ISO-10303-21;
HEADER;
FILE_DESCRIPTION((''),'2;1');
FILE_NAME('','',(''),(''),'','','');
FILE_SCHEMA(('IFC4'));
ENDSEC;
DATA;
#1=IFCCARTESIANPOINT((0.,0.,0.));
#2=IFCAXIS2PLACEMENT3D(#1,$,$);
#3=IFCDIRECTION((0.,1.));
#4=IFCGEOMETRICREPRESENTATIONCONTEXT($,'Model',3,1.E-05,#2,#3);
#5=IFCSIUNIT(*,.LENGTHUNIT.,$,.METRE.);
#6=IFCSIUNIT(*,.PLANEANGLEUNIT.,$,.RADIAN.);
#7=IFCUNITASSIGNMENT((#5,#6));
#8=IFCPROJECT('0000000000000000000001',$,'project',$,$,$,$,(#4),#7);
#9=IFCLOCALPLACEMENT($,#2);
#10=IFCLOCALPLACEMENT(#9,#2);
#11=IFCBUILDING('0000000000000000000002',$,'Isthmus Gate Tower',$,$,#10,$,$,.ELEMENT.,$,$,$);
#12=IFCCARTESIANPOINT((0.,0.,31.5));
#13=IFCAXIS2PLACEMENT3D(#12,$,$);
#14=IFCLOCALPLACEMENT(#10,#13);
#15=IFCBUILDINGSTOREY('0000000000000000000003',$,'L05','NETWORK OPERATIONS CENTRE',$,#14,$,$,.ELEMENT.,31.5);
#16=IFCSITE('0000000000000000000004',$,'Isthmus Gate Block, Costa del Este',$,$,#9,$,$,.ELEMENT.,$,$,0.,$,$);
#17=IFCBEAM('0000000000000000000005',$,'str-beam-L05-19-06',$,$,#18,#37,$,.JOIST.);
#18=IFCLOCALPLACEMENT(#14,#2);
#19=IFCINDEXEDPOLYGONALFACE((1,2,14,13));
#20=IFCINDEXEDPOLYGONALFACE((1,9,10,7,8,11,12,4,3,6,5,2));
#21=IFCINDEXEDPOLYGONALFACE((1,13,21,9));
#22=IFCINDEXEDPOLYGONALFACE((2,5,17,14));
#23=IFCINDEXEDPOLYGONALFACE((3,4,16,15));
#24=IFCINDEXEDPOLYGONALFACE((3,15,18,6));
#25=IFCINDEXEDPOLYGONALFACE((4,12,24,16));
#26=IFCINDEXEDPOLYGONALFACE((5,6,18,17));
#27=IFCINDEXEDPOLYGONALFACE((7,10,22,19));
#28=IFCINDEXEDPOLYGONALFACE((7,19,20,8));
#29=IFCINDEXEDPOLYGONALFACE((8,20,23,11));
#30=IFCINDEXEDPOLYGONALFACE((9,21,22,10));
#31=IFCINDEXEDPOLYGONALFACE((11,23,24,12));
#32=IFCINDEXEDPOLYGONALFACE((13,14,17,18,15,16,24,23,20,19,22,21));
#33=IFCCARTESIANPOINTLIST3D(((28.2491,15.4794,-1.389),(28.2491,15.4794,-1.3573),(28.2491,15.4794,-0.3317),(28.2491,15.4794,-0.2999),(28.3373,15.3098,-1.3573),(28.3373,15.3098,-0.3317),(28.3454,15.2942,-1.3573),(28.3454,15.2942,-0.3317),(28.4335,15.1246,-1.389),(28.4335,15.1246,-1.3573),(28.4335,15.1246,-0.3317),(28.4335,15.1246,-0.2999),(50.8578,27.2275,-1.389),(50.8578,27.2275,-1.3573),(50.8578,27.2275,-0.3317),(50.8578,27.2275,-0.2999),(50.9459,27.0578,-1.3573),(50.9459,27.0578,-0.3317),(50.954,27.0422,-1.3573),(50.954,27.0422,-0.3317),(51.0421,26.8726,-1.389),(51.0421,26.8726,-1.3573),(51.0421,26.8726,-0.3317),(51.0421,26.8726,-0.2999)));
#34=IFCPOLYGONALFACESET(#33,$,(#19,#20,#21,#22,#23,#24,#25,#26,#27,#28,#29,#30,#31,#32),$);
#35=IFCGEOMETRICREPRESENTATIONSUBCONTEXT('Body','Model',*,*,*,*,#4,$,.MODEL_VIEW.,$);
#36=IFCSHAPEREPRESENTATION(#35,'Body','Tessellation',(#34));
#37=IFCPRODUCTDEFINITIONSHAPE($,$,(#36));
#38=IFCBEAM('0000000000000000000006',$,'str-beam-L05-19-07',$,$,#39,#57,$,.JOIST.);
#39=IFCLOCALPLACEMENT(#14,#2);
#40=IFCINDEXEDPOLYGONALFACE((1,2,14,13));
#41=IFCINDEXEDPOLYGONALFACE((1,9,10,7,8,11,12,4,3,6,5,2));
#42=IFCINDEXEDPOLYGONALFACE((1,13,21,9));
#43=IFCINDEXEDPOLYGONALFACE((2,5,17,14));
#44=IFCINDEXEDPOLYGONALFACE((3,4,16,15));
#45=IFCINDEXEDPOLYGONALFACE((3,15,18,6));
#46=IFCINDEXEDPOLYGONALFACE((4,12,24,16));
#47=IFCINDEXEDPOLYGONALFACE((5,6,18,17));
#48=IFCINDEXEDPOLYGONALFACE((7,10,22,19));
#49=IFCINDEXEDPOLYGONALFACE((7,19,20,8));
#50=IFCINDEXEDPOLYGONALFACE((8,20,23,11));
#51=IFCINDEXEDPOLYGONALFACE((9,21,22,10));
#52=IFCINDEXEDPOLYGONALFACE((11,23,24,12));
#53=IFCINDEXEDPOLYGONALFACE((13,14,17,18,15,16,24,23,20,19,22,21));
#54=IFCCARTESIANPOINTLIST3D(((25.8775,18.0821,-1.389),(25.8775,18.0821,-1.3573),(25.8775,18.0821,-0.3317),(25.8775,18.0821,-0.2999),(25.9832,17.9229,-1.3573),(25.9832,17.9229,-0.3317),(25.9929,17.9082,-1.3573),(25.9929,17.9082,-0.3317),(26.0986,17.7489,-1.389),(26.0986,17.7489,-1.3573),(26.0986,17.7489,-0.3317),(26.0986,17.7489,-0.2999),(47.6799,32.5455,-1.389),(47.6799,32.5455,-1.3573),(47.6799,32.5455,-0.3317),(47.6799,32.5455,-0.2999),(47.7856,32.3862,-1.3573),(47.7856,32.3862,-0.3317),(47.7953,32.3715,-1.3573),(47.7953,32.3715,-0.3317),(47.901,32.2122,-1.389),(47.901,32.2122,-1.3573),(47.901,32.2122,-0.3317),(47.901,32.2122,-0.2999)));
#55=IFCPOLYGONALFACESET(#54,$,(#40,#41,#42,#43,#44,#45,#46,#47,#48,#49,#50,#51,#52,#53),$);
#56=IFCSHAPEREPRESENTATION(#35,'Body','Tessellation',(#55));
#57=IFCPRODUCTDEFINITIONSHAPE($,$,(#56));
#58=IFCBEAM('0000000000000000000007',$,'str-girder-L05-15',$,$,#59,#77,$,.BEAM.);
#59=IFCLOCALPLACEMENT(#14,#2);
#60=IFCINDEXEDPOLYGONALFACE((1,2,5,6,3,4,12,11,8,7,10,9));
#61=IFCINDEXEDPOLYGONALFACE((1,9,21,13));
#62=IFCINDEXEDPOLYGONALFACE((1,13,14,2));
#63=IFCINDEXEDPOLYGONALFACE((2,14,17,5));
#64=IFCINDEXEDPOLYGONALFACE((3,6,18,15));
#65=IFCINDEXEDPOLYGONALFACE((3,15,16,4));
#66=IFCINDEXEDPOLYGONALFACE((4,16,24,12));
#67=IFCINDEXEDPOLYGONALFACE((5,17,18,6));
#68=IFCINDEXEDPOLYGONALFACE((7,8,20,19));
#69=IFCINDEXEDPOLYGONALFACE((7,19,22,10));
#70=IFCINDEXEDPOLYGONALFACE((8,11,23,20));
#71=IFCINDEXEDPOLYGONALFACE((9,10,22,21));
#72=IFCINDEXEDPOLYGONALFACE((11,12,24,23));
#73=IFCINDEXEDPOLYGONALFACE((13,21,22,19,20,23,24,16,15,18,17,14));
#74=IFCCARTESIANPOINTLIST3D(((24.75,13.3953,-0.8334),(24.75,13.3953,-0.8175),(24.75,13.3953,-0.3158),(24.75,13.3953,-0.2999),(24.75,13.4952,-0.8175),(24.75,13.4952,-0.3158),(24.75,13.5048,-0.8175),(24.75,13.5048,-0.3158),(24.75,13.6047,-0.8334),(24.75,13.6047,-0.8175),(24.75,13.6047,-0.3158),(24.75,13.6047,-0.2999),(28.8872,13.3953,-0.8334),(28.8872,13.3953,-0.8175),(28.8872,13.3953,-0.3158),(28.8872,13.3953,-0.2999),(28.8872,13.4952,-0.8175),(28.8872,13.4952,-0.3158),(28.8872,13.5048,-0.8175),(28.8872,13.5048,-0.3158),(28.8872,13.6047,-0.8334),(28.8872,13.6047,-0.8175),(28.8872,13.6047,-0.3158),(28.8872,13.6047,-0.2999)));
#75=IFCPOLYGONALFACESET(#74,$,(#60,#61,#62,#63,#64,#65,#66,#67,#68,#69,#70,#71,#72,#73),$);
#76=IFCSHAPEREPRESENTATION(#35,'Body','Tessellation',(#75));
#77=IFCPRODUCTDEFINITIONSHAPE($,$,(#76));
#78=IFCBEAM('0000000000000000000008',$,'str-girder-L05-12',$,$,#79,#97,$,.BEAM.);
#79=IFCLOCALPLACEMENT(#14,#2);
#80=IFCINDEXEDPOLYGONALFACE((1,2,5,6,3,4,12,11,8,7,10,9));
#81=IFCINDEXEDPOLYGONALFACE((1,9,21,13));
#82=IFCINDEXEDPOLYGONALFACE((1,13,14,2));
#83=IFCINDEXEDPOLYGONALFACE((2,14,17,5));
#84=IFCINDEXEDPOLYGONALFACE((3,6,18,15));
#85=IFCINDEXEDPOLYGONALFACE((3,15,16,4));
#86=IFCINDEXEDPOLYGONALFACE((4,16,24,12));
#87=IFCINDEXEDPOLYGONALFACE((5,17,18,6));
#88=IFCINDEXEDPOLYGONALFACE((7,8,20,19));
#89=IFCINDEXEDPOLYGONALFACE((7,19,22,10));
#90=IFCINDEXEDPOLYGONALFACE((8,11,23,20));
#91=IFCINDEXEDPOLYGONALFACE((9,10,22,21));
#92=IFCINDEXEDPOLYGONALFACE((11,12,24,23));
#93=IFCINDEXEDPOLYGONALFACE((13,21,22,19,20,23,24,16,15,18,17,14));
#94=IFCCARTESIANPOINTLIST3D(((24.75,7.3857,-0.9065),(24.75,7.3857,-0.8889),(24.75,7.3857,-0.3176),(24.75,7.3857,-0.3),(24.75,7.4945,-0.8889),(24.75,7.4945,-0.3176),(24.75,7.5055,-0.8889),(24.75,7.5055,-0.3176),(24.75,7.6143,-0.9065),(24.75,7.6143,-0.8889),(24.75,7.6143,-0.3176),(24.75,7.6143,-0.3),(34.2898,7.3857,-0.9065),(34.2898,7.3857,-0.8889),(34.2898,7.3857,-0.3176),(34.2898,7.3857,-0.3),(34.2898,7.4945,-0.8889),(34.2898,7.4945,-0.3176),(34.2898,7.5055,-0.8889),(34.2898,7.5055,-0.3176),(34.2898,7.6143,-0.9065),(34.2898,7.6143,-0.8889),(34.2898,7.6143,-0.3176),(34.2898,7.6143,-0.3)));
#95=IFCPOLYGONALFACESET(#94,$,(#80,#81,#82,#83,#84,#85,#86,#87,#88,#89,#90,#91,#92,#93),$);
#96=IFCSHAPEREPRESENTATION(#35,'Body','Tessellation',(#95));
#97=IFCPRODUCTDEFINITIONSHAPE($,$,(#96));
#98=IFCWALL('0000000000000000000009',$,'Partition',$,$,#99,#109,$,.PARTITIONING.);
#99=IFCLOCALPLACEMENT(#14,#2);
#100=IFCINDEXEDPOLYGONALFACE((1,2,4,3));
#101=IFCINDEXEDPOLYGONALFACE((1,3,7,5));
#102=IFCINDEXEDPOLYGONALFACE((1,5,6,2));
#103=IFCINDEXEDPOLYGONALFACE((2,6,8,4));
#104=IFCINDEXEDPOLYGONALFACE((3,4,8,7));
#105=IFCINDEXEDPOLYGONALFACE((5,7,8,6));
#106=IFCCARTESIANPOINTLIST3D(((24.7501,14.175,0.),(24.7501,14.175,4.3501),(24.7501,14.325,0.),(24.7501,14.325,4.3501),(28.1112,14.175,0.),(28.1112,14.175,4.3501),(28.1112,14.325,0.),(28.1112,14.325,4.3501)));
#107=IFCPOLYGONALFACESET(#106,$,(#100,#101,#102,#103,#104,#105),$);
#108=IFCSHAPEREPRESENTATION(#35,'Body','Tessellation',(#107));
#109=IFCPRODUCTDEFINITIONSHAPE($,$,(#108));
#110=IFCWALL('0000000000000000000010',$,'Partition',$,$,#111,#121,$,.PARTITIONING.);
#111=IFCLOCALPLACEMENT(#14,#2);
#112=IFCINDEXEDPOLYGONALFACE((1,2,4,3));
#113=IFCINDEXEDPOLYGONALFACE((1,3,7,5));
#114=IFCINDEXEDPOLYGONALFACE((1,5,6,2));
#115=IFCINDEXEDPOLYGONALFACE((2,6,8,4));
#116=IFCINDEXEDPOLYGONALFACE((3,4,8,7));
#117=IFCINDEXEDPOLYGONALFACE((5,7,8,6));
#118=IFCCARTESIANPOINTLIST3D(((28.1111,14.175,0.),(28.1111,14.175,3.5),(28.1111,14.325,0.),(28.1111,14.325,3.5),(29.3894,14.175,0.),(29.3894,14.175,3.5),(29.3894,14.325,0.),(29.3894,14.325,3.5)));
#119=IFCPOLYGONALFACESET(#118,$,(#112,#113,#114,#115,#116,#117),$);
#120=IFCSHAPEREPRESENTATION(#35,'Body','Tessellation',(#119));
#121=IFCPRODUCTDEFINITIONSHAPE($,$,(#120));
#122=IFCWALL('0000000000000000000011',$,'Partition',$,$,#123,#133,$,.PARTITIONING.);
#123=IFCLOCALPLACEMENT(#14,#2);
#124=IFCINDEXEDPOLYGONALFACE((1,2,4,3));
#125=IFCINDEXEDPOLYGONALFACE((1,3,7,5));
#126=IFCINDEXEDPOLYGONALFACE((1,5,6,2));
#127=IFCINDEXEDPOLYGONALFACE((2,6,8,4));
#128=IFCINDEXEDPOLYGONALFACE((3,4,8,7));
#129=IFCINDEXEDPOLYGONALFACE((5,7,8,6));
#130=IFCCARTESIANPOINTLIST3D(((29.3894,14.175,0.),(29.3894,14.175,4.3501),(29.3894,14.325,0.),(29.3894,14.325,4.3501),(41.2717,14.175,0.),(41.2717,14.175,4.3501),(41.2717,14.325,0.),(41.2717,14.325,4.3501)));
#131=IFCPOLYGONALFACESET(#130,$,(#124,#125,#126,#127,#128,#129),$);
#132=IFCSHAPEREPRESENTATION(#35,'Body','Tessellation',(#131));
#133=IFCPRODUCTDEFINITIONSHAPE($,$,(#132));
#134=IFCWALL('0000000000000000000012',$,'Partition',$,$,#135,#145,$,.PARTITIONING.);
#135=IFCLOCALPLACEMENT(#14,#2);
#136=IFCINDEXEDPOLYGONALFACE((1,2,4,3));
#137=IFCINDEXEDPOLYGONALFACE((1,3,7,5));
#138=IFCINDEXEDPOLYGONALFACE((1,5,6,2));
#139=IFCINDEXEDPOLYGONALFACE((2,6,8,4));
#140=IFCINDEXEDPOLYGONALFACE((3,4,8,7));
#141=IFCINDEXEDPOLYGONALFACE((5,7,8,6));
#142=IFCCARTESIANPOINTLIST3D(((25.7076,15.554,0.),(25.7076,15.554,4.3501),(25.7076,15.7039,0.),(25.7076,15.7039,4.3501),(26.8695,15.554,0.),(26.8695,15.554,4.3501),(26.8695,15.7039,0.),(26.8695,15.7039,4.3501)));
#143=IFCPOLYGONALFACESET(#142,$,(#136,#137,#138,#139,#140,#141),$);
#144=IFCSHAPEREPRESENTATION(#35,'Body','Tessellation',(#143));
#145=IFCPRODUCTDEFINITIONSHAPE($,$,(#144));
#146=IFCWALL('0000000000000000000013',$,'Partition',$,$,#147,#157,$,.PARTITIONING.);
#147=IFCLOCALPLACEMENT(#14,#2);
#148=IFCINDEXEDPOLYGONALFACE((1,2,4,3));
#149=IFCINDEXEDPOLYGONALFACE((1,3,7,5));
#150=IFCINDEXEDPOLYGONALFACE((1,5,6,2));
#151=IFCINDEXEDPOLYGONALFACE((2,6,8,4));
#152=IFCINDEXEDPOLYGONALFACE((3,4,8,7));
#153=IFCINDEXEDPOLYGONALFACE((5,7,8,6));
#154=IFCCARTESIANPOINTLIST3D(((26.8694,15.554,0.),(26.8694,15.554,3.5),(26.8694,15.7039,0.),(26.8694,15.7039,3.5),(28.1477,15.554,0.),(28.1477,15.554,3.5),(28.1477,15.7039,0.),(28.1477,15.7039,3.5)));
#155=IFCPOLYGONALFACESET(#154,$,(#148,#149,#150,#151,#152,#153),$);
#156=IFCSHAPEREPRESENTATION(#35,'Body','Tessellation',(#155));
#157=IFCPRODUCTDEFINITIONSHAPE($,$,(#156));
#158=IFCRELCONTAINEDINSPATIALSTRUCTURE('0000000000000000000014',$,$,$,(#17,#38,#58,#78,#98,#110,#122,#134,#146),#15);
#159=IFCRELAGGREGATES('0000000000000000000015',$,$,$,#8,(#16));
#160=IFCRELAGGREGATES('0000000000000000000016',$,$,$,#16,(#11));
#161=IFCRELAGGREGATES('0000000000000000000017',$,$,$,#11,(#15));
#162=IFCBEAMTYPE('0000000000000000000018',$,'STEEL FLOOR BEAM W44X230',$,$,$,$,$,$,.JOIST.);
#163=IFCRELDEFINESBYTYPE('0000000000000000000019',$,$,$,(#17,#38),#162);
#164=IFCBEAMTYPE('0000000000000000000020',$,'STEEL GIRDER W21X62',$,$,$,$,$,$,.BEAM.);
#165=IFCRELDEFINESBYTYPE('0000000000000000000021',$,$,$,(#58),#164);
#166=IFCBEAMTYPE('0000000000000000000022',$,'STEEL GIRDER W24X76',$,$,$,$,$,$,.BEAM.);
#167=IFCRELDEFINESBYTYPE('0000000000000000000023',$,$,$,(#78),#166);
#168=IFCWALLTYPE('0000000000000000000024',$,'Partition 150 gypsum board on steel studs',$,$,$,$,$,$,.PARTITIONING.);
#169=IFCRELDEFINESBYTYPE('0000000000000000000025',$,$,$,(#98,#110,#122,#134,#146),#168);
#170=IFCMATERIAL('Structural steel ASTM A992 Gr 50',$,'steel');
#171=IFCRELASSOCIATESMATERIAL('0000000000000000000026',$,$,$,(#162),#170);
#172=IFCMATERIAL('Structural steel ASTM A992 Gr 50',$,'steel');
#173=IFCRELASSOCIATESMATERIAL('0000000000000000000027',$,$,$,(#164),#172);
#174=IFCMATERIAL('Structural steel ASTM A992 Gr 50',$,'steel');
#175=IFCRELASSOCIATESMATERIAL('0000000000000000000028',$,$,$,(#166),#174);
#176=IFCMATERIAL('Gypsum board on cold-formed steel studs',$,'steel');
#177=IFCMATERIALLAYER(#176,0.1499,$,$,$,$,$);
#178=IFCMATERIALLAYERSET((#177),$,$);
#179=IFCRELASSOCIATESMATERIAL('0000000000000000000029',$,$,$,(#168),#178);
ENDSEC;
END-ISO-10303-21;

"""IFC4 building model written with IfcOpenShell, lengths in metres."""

from ifc_helpers import new_model, si_unit, direction, frame, frame_2d, origin, origin_2d, place, context, subcontext, project, spatial, rectangle, i_section, extrude, material, layer, layer_set, material_profile, profile_set, type_object, element, save


model = new_model("IFC4")

# Units and contexts
model_context = context("Model", 3, precision=1e-05, world=origin(), true_north=direction((0.0, 1.0)))
body_context = subcontext(model_context, "Body", "Model", "MODEL_VIEW")
ifc_project = project(units=[si_unit("LENGTHUNIT", "METRE"), si_unit("PLANEANGLEUNIT", "RADIAN")], contexts=[model_context])

# Site, building, storey
site_placement = place(None, origin())
site = spatial("IfcSite", under=ifc_project, at=site_placement, Name="Isthmus Gate Block, Costa del Este", CompositionType="ELEMENT", RefElevation=0.0)
building_placement = place(site_placement, origin())
building = spatial("IfcBuilding", under=site, at=building_placement, Name="Isthmus Gate Tower", CompositionType="ELEMENT")
storey_placement = place(building_placement, frame((0.0, 0.0, 31.5)))
storey = spatial("IfcBuildingStorey", under=building, at=storey_placement, Name="L05", Description="NETWORK OPERATIONS CENTRE", CompositionType="ELEMENT", Elevation=31.5)

# Beams
ifc_material_1 = material(Name="Structural steel ASTM A992 Gr 50", Category="steel")
ifc_material_profile_1 = material_profile(ifc_material_1, i_section(OverallWidth=0.3999, OverallDepth=1.0891, WebThickness=0.0176, FlangeThickness=0.0317, at=origin_2d()), Name="W44X230")
ifc_profile_set_1 = profile_set([ifc_material_profile_1], Name="Structural steel ASTM A992 Gr 50")
beam_type_1 = type_object("IfcBeamType", Name="STEEL FLOOR BEAM W44X230", PredefinedType="JOIST", material=ifc_profile_set_1)
beam_1_placement = place(storey_placement, frame((28.3413, 15.302, -0.8445), z_axis=(0.887352, 0.461092, 0.0), x_axis=(-0.461092, 0.887352, 0.0)))
element("IfcBeam", 1, at=beam_1_placement, inside=storey, type_object=beam_type_1, Name="str-beam-L05-19-06", PredefinedType="JOIST", context=body_context, shape_type="SweptSolid", body=[
    extrude(i_section(OverallWidth=0.3999, OverallDepth=1.0891, WebThickness=0.0176, FlangeThickness=0.0317, at=origin_2d()), origin(), (0.0, 0.0, 1.0), 25.4788),
])
beam_2_placement = place(storey_placement, frame((25.988, 17.9155, -0.8445), z_axis=(0.833311, 0.552804, 0.0), x_axis=(-0.552804, 0.833311, 0.0)))
element("IfcBeam", 2, at=beam_2_placement, inside=storey, type_object=beam_type_1, Name="str-beam-L05-19-07", PredefinedType="JOIST", context=body_context, shape_type="SweptSolid", body=[
    extrude(i_section(OverallWidth=0.3999, OverallDepth=1.0891, WebThickness=0.0176, FlangeThickness=0.0317, at=origin_2d()), origin(), (0.0, 0.0, 1.0), 26.1636),
])
ifc_material_2 = material(Name="Structural steel ASTM A992 Gr 50", Category="steel")
ifc_material_profile_2 = material_profile(ifc_material_2, i_section(OverallWidth=0.2095, OverallDepth=0.5334, WebThickness=0.0095, FlangeThickness=0.0159, at=origin_2d()), Name="W21X62")
ifc_profile_set_2 = profile_set([ifc_material_profile_2], Name="Structural steel ASTM A992 Gr 50")
beam_type_2 = type_object("IfcBeamType", Name="STEEL GIRDER W21X62", PredefinedType="BEAM", material=ifc_profile_set_2)
beam_3_placement = place(storey_placement, frame((24.75, 13.5, -0.5667), z_axis=(1.0, 0.0, 0.0), x_axis=(0.0, 1.0, 0.0)))
element("IfcBeam", 3, at=beam_3_placement, inside=storey, type_object=beam_type_2, Name="str-girder-L05-15", PredefinedType="BEAM", context=body_context, shape_type="SweptSolid", body=[
    extrude(i_section(OverallWidth=0.2095, OverallDepth=0.5334, WebThickness=0.0095, FlangeThickness=0.0159, at=origin_2d()), origin(), (0.0, 0.0, 1.0), 4.1372),
])
ifc_material_3 = material(Name="Structural steel ASTM A992 Gr 50", Category="steel")
ifc_material_profile_3 = material_profile(ifc_material_3, i_section(OverallWidth=0.2285, OverallDepth=0.6064, WebThickness=0.011, FlangeThickness=0.0176, at=origin_2d()), Name="W24X76")
ifc_profile_set_3 = profile_set([ifc_material_profile_3], Name="Structural steel ASTM A992 Gr 50")
beam_type_3 = type_object("IfcBeamType", Name="STEEL GIRDER W24X76", PredefinedType="BEAM", material=ifc_profile_set_3)
beam_4_placement = place(storey_placement, frame((24.75, 7.5, -0.6033), z_axis=(1.0, 0.0, 0.0), x_axis=(0.0, 1.0, 0.0)))
element("IfcBeam", 4, at=beam_4_placement, inside=storey, type_object=beam_type_3, Name="str-girder-L05-12", PredefinedType="BEAM", context=body_context, shape_type="SweptSolid", body=[
    extrude(i_section(OverallWidth=0.2285, OverallDepth=0.6064, WebThickness=0.011, FlangeThickness=0.0176, at=origin_2d()), origin(), (0.0, 0.0, 1.0), 9.5398),
])

# Walls
ifc_material_4 = material(Name="Gypsum board on cold-formed steel studs", Category="steel")
ifc_layer = layer(ifc_material_4, 0.1499)
ifc_layer_set = layer_set([ifc_layer])
wall_type = type_object("IfcWallType", Name="Partition 150 gypsum board on steel studs", PredefinedType="PARTITIONING", material=ifc_layer_set)
wall_1_placement = place(storey_placement, frame((24.75, 14.25, 0.0), z_axis=(0.0, 0.0, 1.0), x_axis=(1.0, 0.0, 0.0)))
element("IfcWall", 5, at=wall_1_placement, inside=storey, type_object=wall_type, Name="Partition", PredefinedType="PARTITIONING", context=body_context, shape_type="SweptSolid", body=[
    extrude(rectangle(XDim=3.3611, YDim=0.1499, at=frame_2d((1.6807, 0.0))), origin(), (0.0, 0.0, 1.0), 4.3501),
])
wall_2_placement = place(storey_placement, frame((28.1111, 14.25, 0.0), z_axis=(0.0, 0.0, 1.0), x_axis=(1.0, 0.0, 0.0)))
element("IfcWall", 6, at=wall_2_placement, inside=storey, type_object=wall_type, Name="Partition", PredefinedType="PARTITIONING", context=body_context, shape_type="SweptSolid", body=[
    extrude(rectangle(XDim=1.2783, YDim=0.1499, at=frame_2d((0.6392, 0.0))), origin(), (0.0, 0.0, 1.0), 3.5),
])
wall_3_placement = place(storey_placement, frame((29.3894, 14.25, 0.0), z_axis=(0.0, 0.0, 1.0), x_axis=(1.0, 0.0, 0.0)))
element("IfcWall", 7, at=wall_3_placement, inside=storey, type_object=wall_type, Name="Partition", PredefinedType="PARTITIONING", context=body_context, shape_type="SweptSolid", body=[
    extrude(rectangle(XDim=11.8823, YDim=0.1499, at=frame_2d((5.9412, 0.0))), origin(), (0.0, 0.0, 1.0), 4.3501),
])
wall_4_placement = place(storey_placement, frame((25.7075, 15.6289, 0.0), z_axis=(0.0, 0.0, 1.0), x_axis=(1.0, 0.0, 0.0)))
element("IfcWall", 8, at=wall_4_placement, inside=storey, type_object=wall_type, Name="Partition", PredefinedType="PARTITIONING", context=body_context, shape_type="SweptSolid", body=[
    extrude(rectangle(XDim=1.1619, YDim=0.1499, at=frame_2d((0.5811, 0.0))), origin(), (0.0, 0.0, 1.0), 4.3501),
])
wall_5_placement = place(storey_placement, frame((26.8694, 15.6289, 0.0), z_axis=(0.0, 0.0, 1.0), x_axis=(1.0, 0.0, 0.0)))
element("IfcWall", 9, at=wall_5_placement, inside=storey, type_object=wall_type, Name="Partition", PredefinedType="PARTITIONING", context=body_context, shape_type="SweptSolid", body=[
    extrude(rectangle(XDim=1.2783, YDim=0.1499, at=frame_2d((0.6392, 0.0))), origin(), (0.0, 0.0, 1.0), 3.5),
])

save(model, "model.ifc")
